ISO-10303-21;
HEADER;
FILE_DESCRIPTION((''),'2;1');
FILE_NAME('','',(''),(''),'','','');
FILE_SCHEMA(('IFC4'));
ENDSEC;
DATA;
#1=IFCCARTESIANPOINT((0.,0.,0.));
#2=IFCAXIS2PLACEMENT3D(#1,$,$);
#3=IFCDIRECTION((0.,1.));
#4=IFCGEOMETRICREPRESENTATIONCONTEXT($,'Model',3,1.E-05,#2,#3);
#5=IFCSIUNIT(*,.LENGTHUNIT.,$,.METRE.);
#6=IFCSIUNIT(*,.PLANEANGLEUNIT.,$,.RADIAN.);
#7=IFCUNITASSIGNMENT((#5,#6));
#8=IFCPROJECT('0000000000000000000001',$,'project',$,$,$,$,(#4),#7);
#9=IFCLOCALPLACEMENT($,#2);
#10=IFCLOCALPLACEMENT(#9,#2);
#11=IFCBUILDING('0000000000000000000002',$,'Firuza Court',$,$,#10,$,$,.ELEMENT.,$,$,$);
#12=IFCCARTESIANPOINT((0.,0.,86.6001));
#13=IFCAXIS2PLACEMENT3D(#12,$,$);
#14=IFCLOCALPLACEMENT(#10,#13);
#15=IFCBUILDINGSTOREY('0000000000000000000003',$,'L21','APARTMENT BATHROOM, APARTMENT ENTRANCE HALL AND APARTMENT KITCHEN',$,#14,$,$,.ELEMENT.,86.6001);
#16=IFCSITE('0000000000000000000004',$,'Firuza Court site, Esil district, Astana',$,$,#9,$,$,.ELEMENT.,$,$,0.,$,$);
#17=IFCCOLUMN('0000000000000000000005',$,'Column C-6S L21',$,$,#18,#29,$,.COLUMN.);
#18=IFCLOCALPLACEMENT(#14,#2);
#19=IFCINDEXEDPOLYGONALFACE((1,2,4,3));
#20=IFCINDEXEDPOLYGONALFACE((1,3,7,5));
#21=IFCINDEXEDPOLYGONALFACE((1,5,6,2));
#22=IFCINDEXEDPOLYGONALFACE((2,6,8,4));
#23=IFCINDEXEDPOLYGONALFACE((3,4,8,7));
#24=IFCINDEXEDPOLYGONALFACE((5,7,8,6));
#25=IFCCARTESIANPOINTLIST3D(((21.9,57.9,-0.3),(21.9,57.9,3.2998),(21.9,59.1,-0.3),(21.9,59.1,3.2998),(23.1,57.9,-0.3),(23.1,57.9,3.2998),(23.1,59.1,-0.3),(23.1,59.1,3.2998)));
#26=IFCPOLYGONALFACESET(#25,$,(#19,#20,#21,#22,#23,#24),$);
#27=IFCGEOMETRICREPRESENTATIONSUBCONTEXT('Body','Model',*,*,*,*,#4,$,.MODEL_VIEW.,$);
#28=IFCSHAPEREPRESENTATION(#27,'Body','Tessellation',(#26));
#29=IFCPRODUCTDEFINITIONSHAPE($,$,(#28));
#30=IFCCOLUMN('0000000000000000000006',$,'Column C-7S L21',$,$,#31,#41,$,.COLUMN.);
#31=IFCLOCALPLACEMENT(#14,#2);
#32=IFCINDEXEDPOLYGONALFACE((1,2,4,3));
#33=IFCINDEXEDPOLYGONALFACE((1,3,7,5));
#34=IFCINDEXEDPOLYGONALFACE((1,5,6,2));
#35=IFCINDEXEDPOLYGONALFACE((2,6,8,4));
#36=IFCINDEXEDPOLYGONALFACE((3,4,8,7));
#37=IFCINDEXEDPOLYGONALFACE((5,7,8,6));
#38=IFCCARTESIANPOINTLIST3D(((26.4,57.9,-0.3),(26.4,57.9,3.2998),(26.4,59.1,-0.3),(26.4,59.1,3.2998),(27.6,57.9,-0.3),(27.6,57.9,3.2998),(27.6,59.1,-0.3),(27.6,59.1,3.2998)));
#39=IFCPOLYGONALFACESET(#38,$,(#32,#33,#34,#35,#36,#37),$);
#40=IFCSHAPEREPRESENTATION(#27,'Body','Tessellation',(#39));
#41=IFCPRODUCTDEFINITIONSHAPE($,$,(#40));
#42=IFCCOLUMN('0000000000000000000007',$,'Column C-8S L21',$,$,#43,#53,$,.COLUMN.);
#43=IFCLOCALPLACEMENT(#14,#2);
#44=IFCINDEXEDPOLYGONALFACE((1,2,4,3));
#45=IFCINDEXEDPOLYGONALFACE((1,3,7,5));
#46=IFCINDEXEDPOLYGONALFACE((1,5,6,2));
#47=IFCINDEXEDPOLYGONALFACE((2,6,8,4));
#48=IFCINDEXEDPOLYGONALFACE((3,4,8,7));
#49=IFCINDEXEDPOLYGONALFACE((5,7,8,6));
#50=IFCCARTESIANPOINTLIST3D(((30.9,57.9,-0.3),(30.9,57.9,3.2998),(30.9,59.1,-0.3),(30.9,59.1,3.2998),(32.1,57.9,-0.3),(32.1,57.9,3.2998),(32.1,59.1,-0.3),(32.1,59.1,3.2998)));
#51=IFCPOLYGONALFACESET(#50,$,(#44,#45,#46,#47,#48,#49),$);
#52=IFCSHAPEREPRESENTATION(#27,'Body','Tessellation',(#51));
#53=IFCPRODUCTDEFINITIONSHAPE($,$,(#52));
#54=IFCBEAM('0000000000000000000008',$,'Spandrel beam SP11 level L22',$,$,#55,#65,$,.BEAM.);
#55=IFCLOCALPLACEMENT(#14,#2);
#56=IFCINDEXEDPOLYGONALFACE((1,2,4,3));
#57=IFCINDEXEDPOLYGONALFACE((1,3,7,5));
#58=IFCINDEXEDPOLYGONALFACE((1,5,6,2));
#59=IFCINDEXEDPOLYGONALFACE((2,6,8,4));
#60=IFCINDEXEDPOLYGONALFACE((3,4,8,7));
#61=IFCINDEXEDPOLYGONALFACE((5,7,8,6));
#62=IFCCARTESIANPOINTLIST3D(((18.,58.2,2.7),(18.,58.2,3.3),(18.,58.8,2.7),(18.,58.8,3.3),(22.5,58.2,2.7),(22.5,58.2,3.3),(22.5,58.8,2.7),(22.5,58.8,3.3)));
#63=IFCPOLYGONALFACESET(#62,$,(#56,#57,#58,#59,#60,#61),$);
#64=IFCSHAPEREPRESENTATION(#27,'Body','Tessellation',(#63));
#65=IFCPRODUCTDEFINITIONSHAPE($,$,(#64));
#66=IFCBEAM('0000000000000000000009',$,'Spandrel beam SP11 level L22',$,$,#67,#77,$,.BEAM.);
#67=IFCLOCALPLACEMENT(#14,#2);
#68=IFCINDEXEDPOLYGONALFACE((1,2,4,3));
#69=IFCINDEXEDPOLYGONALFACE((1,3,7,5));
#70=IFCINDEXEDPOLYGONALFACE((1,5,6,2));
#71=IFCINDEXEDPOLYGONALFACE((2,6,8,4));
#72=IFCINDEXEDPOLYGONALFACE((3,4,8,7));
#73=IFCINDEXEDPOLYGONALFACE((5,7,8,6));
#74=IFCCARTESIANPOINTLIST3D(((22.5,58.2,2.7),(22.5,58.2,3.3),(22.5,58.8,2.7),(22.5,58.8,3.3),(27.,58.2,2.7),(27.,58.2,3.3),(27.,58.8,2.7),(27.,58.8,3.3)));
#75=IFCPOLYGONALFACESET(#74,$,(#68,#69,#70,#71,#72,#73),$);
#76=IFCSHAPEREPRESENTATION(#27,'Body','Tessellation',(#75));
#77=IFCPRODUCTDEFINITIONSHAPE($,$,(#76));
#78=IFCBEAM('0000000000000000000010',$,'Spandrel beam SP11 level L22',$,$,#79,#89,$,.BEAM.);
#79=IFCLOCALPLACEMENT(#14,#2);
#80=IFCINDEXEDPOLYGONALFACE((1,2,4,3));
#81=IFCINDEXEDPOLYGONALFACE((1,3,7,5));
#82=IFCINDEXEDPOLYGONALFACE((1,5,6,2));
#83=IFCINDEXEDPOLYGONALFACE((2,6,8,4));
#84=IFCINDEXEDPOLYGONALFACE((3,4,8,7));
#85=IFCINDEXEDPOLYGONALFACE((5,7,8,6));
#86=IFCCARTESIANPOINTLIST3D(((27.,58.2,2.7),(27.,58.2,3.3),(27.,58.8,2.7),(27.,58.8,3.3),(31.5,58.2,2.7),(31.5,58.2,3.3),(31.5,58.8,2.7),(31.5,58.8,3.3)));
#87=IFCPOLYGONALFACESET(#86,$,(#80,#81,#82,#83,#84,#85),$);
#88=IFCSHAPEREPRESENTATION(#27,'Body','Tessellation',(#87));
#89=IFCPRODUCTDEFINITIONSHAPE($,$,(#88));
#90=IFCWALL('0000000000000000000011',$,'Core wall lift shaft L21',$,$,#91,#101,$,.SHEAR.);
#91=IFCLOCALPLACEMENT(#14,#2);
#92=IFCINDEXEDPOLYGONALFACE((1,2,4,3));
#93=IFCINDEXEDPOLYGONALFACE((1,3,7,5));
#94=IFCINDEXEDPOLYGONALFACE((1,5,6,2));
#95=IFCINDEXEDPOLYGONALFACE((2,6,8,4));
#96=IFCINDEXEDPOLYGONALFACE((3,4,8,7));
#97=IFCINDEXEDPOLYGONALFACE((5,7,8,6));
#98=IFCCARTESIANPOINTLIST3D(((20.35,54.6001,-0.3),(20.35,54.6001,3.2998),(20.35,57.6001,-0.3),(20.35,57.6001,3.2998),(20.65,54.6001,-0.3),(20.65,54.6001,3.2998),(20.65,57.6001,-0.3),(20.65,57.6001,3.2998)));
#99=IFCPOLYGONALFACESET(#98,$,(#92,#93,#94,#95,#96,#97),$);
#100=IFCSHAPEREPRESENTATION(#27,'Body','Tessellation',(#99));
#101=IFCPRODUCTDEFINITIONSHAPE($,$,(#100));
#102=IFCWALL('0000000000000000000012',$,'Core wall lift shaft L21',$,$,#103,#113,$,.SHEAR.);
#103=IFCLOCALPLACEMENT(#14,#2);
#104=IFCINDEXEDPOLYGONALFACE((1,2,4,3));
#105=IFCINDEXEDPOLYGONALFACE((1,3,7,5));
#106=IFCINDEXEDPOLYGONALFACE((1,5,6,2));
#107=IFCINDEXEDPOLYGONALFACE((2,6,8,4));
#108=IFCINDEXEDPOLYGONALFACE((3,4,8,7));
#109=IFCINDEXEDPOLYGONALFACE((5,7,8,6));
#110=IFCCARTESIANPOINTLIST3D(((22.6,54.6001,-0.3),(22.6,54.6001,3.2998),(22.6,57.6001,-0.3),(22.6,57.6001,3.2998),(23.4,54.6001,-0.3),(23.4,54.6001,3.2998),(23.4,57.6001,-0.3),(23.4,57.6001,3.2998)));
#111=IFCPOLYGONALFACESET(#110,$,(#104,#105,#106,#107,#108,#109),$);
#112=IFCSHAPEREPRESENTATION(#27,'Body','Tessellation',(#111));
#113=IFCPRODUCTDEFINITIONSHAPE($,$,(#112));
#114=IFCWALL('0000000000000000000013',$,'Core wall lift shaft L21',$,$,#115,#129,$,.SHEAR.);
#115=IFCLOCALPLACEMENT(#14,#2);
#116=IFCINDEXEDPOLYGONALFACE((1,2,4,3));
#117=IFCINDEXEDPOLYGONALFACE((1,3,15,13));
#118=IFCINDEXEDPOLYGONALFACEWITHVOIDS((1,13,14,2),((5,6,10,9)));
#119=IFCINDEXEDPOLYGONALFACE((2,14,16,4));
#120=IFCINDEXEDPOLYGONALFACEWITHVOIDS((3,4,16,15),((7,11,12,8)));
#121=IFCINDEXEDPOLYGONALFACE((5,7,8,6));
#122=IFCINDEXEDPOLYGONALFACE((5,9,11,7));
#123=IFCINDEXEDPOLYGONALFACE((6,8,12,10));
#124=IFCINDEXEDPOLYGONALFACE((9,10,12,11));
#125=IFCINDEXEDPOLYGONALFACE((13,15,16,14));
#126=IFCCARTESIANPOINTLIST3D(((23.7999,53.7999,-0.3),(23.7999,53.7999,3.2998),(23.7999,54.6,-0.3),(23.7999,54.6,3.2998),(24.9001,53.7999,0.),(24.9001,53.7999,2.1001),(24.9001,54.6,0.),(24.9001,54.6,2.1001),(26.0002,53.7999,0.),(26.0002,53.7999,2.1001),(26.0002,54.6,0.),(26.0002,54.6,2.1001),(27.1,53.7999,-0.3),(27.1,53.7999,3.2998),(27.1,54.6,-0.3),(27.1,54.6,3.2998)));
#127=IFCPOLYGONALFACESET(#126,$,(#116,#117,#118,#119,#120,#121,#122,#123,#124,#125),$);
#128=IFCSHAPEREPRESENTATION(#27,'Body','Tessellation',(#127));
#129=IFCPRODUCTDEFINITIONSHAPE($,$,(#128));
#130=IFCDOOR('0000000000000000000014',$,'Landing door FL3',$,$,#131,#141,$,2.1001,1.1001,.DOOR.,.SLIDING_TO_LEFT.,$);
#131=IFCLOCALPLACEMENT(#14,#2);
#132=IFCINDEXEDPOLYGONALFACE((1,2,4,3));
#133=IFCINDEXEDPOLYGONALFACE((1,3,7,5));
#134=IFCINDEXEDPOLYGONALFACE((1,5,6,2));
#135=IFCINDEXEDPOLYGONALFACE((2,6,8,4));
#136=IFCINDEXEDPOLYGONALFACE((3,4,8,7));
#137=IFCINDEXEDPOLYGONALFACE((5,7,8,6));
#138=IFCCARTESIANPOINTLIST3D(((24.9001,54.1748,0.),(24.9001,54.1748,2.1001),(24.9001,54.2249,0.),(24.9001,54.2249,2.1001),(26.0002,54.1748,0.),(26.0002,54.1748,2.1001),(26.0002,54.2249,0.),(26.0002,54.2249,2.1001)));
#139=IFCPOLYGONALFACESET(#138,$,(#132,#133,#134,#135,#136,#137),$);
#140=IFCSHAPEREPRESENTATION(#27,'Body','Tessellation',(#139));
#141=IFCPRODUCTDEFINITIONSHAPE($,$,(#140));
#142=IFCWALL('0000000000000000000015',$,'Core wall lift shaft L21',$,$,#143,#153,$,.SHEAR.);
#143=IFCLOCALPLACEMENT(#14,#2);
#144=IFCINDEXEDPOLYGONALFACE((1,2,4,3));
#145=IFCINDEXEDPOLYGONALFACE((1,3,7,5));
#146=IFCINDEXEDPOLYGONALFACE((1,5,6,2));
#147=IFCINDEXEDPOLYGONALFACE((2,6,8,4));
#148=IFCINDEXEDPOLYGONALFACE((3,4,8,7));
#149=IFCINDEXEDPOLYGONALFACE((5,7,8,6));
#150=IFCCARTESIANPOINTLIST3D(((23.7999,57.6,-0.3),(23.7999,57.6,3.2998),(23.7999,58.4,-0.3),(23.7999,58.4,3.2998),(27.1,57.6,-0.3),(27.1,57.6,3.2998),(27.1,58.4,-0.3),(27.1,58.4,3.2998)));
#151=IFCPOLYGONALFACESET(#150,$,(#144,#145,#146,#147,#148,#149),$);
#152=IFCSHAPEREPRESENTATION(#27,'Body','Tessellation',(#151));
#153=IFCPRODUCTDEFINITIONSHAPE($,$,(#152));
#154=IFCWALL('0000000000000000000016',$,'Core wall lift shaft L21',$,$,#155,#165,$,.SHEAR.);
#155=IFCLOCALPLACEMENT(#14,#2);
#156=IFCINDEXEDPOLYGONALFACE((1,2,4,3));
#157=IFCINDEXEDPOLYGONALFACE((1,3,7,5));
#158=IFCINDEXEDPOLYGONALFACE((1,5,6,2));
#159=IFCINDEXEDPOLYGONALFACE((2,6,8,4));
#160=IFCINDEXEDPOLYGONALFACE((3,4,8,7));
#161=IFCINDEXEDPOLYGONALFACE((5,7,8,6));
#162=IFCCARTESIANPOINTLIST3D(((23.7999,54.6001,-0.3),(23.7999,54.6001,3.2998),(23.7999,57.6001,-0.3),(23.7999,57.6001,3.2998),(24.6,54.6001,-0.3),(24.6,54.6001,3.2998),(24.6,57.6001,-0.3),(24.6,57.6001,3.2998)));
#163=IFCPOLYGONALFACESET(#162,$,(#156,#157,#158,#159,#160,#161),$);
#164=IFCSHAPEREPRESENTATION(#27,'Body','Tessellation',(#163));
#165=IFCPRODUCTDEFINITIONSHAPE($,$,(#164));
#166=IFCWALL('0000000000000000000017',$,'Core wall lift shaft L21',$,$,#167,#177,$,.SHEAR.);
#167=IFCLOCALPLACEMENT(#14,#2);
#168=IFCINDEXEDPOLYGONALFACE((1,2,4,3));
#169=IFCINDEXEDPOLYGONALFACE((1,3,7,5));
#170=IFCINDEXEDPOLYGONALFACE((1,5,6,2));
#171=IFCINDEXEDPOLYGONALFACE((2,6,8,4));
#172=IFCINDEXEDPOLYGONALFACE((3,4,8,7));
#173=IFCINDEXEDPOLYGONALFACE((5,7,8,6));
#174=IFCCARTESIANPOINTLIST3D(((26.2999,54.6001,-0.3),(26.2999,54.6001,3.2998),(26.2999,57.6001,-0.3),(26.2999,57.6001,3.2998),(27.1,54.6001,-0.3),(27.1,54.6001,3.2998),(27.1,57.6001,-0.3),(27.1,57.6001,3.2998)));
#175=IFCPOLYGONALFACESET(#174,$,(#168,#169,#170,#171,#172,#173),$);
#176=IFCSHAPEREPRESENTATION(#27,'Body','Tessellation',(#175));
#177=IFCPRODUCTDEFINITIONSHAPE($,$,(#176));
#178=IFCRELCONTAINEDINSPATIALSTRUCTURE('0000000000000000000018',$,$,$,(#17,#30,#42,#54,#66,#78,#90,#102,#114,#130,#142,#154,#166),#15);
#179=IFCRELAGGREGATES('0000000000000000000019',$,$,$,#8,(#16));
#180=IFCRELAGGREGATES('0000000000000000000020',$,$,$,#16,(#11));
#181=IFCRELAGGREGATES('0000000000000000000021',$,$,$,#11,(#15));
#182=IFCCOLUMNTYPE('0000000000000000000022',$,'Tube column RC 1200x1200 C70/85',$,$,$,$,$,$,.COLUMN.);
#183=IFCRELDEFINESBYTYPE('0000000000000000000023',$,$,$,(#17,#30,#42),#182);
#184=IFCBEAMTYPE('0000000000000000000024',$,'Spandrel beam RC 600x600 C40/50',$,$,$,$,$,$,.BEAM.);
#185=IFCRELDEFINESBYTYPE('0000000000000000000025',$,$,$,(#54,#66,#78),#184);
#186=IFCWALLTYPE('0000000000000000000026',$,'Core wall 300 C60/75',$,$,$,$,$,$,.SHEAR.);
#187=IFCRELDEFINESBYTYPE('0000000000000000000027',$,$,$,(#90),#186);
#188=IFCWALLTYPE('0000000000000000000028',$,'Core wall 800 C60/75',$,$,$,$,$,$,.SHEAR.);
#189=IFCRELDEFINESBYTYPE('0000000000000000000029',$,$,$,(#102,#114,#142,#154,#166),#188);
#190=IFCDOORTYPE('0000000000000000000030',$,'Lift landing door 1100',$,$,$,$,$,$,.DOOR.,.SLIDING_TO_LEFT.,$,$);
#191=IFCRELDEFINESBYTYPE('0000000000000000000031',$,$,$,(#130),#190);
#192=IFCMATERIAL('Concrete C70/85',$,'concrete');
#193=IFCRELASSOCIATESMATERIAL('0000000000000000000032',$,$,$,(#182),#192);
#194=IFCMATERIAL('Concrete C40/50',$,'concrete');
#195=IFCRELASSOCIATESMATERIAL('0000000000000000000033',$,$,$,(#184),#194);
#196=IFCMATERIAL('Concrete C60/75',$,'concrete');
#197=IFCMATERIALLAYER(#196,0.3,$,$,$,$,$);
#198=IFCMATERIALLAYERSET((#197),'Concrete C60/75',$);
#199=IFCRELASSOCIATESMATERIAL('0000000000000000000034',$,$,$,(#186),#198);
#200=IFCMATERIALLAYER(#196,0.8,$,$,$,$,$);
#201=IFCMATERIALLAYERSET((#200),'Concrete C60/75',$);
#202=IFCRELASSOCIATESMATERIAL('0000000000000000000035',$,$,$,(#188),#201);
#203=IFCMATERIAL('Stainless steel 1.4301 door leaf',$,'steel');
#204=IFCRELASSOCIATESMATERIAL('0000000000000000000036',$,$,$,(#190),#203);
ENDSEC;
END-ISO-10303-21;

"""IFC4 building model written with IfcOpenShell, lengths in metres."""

from ifc_helpers import new_model, si_unit, direction, frame, frame_2d, origin, origin_2d, place, context, subcontext, project, spatial, rectangle, extrude, material, layer, layer_set, material_profile, profile_set, type_object, element, fill, save


model = new_model("IFC4")

# Units and contexts
model_context = context("Model", 3, precision=1e-05, world=origin(), true_north=direction((0.0, 1.0)))
body_context = subcontext(model_context, "Body", "Model", "MODEL_VIEW")
ifc_project = project(units=[si_unit("LENGTHUNIT", "METRE"), si_unit("PLANEANGLEUNIT", "RADIAN")], contexts=[model_context])

# Site, building, storey
site_placement = place(None, origin())
site = spatial("IfcSite", under=ifc_project, at=site_placement, Name="Firuza Court site, Esil district, Astana", CompositionType="ELEMENT", RefElevation=0.0)
building_placement = place(site_placement, origin())
building = spatial("IfcBuilding", under=site, at=building_placement, Name="Firuza Court", CompositionType="ELEMENT")
storey_placement = place(building_placement, frame((0.0, 0.0, 86.6001)))
storey = spatial("IfcBuildingStorey", under=building, at=storey_placement, Name="L21", Description="APARTMENT BATHROOM, APARTMENT ENTRANCE HALL AND APARTMENT KITCHEN", CompositionType="ELEMENT", Elevation=86.6001)

# Columns
ifc_material_1 = material(Name="Concrete C70/85", Category="concrete")
ifc_material_profile_1 = material_profile(ifc_material_1, rectangle(XDim=1.2, YDim=1.2, at=origin_2d()), Name="RC 1200x1200")
ifc_profile_set_1 = profile_set([ifc_material_profile_1], Name="Concrete C70/85")
column_type = type_object("IfcColumnType", Name="Tube column RC 1200x1200 C70/85", PredefinedType="COLUMN", material=ifc_profile_set_1)
for number, where, z_axis, x_axis, name in (
    (1, (22.5, 58.5, -0.3), (0.0, 0.0, 1.0), (1.0, 0.0, 0.0), "Column C-6S L21"),
    (2, (27.0, 58.5, -0.3), (0.0, 0.0, 1.0), (1.0, 0.0, 0.0), "Column C-7S L21"),
    (3, (31.5, 58.5, -0.3), (0.0, 0.0, 1.0), (1.0, 0.0, 0.0), "Column C-8S L21"),
):
    element("IfcColumn", number, at=place(storey_placement, frame(where, z_axis=z_axis, x_axis=x_axis)), inside=storey, type_object=column_type, Name=name, PredefinedType="COLUMN", context=body_context, shape_type="SweptSolid", body=[
        extrude(rectangle(XDim=1.2, YDim=1.2, at=origin_2d()), origin(), (0.0, 0.0, 1.0), 3.5999),
    ])

# Beams
ifc_material_2 = material(Name="Concrete C40/50", Category="concrete")
ifc_material_profile_2 = material_profile(ifc_material_2, rectangle(XDim=0.6001, YDim=0.6001, at=origin_2d()), Name="RC 600x600")
ifc_profile_set_2 = profile_set([ifc_material_profile_2], Name="Concrete C40/50")
beam_type = type_object("IfcBeamType", Name="Spandrel beam RC 600x600 C40/50", PredefinedType="BEAM", material=ifc_profile_set_2)
for number, where, z_axis, x_axis, name in (
    (4, (22.5, 58.5, 3.0), (-1.0, 0.0, 0.0), (0.0, -1.0, 0.0), "Spandrel beam SP11 level L22"),
    (5, (27.0, 58.5, 3.0), (-1.0, 0.0, 0.0), (0.0, -1.0, 0.0), "Spandrel beam SP11 level L22"),
    (6, (31.5, 58.5, 3.0), (-1.0, 0.0, 0.0), (0.0, -1.0, 0.0), "Spandrel beam SP11 level L22"),
):
    element("IfcBeam", number, at=place(storey_placement, frame(where, z_axis=z_axis, x_axis=x_axis)), inside=storey, type_object=beam_type, Name=name, PredefinedType="BEAM", context=body_context, shape_type="SweptSolid", body=[
        extrude(rectangle(XDim=0.6001, YDim=0.6001, at=origin_2d()), origin(), (0.0, 0.0, 1.0), 4.5),
    ])

# Walls
ifc_material_3 = material(Name="Concrete C60/75", Category="concrete")
ifc_layer_1 = layer(ifc_material_3, 0.3)
ifc_layer_set_1 = layer_set([ifc_layer_1], Name="Concrete C60/75")
wall_type_1 = type_object("IfcWallType", Name="Core wall 300 C60/75", PredefinedType="SHEAR", material=ifc_layer_set_1)
wall_1_placement = place(storey_placement, frame((20.5, 54.6001, -0.3), z_axis=(0.0, 0.0, 1.0), x_axis=(0.0, 1.0, 0.0)))
element("IfcWall", 7, at=wall_1_placement, inside=storey, type_object=wall_type_1, Name="Core wall lift shaft L21", PredefinedType="SHEAR", context=body_context, shape_type="SweptSolid", body=[
    extrude(rectangle(XDim=3.0, YDim=0.3, at=frame_2d((1.5, 0.0))), origin(), (0.0, 0.0, 1.0), 3.5999),
])
ifc_layer_2 = layer(ifc_material_3, 0.8)
ifc_layer_set_2 = layer_set([ifc_layer_2], Name="Concrete C60/75")
wall_type_2 = type_object("IfcWallType", Name="Core wall 800 C60/75", PredefinedType="SHEAR", material=ifc_layer_set_2)
wall_2_placement = place(storey_placement, frame((23.0, 54.6001, -0.3), z_axis=(0.0, 0.0, 1.0), x_axis=(0.0, 1.0, 0.0)))
element("IfcWall", 8, at=wall_2_placement, inside=storey, type_object=wall_type_2, Name="Core wall lift shaft L21", PredefinedType="SHEAR", context=body_context, shape_type="SweptSolid", body=[
    extrude(rectangle(XDim=3.0, YDim=0.8, at=frame_2d((1.5, 0.0))), origin(), (0.0, 0.0, 1.0), 3.5999),
])

# Wall, opening, door
wall_3_placement = place(storey_placement, frame((23.8, 54.2, -0.3), z_axis=(0.0, 0.0, 1.0), x_axis=(1.0, 0.0, 0.0)))
wall_3 = element("IfcWall", 9, at=wall_3_placement, inside=storey, type_object=wall_type_2, Name="Core wall lift shaft L21", PredefinedType="SHEAR", context=body_context, shape_type="SweptSolid", body=[
    extrude(rectangle(XDim=3.3, YDim=0.8, at=frame_2d((1.6499, 0.0))), origin(), (0.0, 0.0, 1.0), 3.5999),
])
opening_1_placement = place(wall_3_placement, frame((1.1001, 0.0, 0.3)))
opening_1 = element("IfcOpeningElement", 10, at=opening_1_placement, cuts=wall_3, PredefinedType="OPENING", context=body_context, shape_type="SweptSolid", body=[
    extrude(rectangle(XDim=1.1001, YDim=2.1001, at=frame_2d((0.55, 1.05))), frame((0.0, 0.4121, 0.0), z_axis=(0.0, -1.0, 0.0), x_axis=(1.0, 0.0, 0.0)), (0.0, 0.0, 1.0), 0.824),
])
ifc_material_4 = material(Name="Stainless steel 1.4301 door leaf", Category="steel")
door_type_1 = type_object("IfcDoorType", Name="Lift landing door 1100", OperationType="SLIDING_TO_LEFT", PredefinedType="DOOR", material=ifc_material_4)
door_1_placement = place(opening_1_placement, origin())
door_1 = element("IfcDoor", 11, at=door_1_placement, inside=storey, type_object=door_type_1, Name="Landing door FL3", OperationType="SLIDING_TO_LEFT", OverallHeight=2.1001, OverallWidth=1.1001, PredefinedType="DOOR", context=body_context, shape_type="SweptSolid", body=[
    extrude(rectangle(XDim=1.1001, YDim=2.1001, at=frame_2d((0.55, 1.05))), frame((0.0, 0.0249, 0.0), z_axis=(0.0, -1.0, 0.0), x_axis=(1.0, 0.0, 0.0)), (0.0, 0.0, 1.0), 0.05),
])
fill(opening_1, door_1)

# Walls
wall_4_placement = place(storey_placement, frame((23.8, 58.0, -0.3), z_axis=(0.0, 0.0, 1.0), x_axis=(1.0, 0.0, 0.0)))
element("IfcWall", 12, at=wall_4_placement, inside=storey, type_object=wall_type_2, Name="Core wall lift shaft L21", PredefinedType="SHEAR", context=body_context, shape_type="SweptSolid", body=[
    extrude(rectangle(XDim=3.3, YDim=0.8, at=frame_2d((1.6499, 0.0))), origin(), (0.0, 0.0, 1.0), 3.5999),
])
for number, where, z_axis, x_axis, name in (
    (13, (24.2, 54.6001, -0.3), (0.0, 0.0, 1.0), (0.0, 1.0, 0.0), "Core wall lift shaft L21"),
    (14, (26.7, 54.6001, -0.3), (0.0, 0.0, 1.0), (0.0, 1.0, 0.0), "Core wall lift shaft L21"),
):
    element("IfcWall", number, at=place(storey_placement, frame(where, z_axis=z_axis, x_axis=x_axis)), inside=storey, type_object=wall_type_2, Name=name, PredefinedType="SHEAR", context=body_context, shape_type="SweptSolid", body=[
        extrude(rectangle(XDim=3.0, YDim=0.8, at=frame_2d((1.5, 0.0))), origin(), (0.0, 0.0, 1.0), 3.5999),
    ])

save(model, "model.ifc")
